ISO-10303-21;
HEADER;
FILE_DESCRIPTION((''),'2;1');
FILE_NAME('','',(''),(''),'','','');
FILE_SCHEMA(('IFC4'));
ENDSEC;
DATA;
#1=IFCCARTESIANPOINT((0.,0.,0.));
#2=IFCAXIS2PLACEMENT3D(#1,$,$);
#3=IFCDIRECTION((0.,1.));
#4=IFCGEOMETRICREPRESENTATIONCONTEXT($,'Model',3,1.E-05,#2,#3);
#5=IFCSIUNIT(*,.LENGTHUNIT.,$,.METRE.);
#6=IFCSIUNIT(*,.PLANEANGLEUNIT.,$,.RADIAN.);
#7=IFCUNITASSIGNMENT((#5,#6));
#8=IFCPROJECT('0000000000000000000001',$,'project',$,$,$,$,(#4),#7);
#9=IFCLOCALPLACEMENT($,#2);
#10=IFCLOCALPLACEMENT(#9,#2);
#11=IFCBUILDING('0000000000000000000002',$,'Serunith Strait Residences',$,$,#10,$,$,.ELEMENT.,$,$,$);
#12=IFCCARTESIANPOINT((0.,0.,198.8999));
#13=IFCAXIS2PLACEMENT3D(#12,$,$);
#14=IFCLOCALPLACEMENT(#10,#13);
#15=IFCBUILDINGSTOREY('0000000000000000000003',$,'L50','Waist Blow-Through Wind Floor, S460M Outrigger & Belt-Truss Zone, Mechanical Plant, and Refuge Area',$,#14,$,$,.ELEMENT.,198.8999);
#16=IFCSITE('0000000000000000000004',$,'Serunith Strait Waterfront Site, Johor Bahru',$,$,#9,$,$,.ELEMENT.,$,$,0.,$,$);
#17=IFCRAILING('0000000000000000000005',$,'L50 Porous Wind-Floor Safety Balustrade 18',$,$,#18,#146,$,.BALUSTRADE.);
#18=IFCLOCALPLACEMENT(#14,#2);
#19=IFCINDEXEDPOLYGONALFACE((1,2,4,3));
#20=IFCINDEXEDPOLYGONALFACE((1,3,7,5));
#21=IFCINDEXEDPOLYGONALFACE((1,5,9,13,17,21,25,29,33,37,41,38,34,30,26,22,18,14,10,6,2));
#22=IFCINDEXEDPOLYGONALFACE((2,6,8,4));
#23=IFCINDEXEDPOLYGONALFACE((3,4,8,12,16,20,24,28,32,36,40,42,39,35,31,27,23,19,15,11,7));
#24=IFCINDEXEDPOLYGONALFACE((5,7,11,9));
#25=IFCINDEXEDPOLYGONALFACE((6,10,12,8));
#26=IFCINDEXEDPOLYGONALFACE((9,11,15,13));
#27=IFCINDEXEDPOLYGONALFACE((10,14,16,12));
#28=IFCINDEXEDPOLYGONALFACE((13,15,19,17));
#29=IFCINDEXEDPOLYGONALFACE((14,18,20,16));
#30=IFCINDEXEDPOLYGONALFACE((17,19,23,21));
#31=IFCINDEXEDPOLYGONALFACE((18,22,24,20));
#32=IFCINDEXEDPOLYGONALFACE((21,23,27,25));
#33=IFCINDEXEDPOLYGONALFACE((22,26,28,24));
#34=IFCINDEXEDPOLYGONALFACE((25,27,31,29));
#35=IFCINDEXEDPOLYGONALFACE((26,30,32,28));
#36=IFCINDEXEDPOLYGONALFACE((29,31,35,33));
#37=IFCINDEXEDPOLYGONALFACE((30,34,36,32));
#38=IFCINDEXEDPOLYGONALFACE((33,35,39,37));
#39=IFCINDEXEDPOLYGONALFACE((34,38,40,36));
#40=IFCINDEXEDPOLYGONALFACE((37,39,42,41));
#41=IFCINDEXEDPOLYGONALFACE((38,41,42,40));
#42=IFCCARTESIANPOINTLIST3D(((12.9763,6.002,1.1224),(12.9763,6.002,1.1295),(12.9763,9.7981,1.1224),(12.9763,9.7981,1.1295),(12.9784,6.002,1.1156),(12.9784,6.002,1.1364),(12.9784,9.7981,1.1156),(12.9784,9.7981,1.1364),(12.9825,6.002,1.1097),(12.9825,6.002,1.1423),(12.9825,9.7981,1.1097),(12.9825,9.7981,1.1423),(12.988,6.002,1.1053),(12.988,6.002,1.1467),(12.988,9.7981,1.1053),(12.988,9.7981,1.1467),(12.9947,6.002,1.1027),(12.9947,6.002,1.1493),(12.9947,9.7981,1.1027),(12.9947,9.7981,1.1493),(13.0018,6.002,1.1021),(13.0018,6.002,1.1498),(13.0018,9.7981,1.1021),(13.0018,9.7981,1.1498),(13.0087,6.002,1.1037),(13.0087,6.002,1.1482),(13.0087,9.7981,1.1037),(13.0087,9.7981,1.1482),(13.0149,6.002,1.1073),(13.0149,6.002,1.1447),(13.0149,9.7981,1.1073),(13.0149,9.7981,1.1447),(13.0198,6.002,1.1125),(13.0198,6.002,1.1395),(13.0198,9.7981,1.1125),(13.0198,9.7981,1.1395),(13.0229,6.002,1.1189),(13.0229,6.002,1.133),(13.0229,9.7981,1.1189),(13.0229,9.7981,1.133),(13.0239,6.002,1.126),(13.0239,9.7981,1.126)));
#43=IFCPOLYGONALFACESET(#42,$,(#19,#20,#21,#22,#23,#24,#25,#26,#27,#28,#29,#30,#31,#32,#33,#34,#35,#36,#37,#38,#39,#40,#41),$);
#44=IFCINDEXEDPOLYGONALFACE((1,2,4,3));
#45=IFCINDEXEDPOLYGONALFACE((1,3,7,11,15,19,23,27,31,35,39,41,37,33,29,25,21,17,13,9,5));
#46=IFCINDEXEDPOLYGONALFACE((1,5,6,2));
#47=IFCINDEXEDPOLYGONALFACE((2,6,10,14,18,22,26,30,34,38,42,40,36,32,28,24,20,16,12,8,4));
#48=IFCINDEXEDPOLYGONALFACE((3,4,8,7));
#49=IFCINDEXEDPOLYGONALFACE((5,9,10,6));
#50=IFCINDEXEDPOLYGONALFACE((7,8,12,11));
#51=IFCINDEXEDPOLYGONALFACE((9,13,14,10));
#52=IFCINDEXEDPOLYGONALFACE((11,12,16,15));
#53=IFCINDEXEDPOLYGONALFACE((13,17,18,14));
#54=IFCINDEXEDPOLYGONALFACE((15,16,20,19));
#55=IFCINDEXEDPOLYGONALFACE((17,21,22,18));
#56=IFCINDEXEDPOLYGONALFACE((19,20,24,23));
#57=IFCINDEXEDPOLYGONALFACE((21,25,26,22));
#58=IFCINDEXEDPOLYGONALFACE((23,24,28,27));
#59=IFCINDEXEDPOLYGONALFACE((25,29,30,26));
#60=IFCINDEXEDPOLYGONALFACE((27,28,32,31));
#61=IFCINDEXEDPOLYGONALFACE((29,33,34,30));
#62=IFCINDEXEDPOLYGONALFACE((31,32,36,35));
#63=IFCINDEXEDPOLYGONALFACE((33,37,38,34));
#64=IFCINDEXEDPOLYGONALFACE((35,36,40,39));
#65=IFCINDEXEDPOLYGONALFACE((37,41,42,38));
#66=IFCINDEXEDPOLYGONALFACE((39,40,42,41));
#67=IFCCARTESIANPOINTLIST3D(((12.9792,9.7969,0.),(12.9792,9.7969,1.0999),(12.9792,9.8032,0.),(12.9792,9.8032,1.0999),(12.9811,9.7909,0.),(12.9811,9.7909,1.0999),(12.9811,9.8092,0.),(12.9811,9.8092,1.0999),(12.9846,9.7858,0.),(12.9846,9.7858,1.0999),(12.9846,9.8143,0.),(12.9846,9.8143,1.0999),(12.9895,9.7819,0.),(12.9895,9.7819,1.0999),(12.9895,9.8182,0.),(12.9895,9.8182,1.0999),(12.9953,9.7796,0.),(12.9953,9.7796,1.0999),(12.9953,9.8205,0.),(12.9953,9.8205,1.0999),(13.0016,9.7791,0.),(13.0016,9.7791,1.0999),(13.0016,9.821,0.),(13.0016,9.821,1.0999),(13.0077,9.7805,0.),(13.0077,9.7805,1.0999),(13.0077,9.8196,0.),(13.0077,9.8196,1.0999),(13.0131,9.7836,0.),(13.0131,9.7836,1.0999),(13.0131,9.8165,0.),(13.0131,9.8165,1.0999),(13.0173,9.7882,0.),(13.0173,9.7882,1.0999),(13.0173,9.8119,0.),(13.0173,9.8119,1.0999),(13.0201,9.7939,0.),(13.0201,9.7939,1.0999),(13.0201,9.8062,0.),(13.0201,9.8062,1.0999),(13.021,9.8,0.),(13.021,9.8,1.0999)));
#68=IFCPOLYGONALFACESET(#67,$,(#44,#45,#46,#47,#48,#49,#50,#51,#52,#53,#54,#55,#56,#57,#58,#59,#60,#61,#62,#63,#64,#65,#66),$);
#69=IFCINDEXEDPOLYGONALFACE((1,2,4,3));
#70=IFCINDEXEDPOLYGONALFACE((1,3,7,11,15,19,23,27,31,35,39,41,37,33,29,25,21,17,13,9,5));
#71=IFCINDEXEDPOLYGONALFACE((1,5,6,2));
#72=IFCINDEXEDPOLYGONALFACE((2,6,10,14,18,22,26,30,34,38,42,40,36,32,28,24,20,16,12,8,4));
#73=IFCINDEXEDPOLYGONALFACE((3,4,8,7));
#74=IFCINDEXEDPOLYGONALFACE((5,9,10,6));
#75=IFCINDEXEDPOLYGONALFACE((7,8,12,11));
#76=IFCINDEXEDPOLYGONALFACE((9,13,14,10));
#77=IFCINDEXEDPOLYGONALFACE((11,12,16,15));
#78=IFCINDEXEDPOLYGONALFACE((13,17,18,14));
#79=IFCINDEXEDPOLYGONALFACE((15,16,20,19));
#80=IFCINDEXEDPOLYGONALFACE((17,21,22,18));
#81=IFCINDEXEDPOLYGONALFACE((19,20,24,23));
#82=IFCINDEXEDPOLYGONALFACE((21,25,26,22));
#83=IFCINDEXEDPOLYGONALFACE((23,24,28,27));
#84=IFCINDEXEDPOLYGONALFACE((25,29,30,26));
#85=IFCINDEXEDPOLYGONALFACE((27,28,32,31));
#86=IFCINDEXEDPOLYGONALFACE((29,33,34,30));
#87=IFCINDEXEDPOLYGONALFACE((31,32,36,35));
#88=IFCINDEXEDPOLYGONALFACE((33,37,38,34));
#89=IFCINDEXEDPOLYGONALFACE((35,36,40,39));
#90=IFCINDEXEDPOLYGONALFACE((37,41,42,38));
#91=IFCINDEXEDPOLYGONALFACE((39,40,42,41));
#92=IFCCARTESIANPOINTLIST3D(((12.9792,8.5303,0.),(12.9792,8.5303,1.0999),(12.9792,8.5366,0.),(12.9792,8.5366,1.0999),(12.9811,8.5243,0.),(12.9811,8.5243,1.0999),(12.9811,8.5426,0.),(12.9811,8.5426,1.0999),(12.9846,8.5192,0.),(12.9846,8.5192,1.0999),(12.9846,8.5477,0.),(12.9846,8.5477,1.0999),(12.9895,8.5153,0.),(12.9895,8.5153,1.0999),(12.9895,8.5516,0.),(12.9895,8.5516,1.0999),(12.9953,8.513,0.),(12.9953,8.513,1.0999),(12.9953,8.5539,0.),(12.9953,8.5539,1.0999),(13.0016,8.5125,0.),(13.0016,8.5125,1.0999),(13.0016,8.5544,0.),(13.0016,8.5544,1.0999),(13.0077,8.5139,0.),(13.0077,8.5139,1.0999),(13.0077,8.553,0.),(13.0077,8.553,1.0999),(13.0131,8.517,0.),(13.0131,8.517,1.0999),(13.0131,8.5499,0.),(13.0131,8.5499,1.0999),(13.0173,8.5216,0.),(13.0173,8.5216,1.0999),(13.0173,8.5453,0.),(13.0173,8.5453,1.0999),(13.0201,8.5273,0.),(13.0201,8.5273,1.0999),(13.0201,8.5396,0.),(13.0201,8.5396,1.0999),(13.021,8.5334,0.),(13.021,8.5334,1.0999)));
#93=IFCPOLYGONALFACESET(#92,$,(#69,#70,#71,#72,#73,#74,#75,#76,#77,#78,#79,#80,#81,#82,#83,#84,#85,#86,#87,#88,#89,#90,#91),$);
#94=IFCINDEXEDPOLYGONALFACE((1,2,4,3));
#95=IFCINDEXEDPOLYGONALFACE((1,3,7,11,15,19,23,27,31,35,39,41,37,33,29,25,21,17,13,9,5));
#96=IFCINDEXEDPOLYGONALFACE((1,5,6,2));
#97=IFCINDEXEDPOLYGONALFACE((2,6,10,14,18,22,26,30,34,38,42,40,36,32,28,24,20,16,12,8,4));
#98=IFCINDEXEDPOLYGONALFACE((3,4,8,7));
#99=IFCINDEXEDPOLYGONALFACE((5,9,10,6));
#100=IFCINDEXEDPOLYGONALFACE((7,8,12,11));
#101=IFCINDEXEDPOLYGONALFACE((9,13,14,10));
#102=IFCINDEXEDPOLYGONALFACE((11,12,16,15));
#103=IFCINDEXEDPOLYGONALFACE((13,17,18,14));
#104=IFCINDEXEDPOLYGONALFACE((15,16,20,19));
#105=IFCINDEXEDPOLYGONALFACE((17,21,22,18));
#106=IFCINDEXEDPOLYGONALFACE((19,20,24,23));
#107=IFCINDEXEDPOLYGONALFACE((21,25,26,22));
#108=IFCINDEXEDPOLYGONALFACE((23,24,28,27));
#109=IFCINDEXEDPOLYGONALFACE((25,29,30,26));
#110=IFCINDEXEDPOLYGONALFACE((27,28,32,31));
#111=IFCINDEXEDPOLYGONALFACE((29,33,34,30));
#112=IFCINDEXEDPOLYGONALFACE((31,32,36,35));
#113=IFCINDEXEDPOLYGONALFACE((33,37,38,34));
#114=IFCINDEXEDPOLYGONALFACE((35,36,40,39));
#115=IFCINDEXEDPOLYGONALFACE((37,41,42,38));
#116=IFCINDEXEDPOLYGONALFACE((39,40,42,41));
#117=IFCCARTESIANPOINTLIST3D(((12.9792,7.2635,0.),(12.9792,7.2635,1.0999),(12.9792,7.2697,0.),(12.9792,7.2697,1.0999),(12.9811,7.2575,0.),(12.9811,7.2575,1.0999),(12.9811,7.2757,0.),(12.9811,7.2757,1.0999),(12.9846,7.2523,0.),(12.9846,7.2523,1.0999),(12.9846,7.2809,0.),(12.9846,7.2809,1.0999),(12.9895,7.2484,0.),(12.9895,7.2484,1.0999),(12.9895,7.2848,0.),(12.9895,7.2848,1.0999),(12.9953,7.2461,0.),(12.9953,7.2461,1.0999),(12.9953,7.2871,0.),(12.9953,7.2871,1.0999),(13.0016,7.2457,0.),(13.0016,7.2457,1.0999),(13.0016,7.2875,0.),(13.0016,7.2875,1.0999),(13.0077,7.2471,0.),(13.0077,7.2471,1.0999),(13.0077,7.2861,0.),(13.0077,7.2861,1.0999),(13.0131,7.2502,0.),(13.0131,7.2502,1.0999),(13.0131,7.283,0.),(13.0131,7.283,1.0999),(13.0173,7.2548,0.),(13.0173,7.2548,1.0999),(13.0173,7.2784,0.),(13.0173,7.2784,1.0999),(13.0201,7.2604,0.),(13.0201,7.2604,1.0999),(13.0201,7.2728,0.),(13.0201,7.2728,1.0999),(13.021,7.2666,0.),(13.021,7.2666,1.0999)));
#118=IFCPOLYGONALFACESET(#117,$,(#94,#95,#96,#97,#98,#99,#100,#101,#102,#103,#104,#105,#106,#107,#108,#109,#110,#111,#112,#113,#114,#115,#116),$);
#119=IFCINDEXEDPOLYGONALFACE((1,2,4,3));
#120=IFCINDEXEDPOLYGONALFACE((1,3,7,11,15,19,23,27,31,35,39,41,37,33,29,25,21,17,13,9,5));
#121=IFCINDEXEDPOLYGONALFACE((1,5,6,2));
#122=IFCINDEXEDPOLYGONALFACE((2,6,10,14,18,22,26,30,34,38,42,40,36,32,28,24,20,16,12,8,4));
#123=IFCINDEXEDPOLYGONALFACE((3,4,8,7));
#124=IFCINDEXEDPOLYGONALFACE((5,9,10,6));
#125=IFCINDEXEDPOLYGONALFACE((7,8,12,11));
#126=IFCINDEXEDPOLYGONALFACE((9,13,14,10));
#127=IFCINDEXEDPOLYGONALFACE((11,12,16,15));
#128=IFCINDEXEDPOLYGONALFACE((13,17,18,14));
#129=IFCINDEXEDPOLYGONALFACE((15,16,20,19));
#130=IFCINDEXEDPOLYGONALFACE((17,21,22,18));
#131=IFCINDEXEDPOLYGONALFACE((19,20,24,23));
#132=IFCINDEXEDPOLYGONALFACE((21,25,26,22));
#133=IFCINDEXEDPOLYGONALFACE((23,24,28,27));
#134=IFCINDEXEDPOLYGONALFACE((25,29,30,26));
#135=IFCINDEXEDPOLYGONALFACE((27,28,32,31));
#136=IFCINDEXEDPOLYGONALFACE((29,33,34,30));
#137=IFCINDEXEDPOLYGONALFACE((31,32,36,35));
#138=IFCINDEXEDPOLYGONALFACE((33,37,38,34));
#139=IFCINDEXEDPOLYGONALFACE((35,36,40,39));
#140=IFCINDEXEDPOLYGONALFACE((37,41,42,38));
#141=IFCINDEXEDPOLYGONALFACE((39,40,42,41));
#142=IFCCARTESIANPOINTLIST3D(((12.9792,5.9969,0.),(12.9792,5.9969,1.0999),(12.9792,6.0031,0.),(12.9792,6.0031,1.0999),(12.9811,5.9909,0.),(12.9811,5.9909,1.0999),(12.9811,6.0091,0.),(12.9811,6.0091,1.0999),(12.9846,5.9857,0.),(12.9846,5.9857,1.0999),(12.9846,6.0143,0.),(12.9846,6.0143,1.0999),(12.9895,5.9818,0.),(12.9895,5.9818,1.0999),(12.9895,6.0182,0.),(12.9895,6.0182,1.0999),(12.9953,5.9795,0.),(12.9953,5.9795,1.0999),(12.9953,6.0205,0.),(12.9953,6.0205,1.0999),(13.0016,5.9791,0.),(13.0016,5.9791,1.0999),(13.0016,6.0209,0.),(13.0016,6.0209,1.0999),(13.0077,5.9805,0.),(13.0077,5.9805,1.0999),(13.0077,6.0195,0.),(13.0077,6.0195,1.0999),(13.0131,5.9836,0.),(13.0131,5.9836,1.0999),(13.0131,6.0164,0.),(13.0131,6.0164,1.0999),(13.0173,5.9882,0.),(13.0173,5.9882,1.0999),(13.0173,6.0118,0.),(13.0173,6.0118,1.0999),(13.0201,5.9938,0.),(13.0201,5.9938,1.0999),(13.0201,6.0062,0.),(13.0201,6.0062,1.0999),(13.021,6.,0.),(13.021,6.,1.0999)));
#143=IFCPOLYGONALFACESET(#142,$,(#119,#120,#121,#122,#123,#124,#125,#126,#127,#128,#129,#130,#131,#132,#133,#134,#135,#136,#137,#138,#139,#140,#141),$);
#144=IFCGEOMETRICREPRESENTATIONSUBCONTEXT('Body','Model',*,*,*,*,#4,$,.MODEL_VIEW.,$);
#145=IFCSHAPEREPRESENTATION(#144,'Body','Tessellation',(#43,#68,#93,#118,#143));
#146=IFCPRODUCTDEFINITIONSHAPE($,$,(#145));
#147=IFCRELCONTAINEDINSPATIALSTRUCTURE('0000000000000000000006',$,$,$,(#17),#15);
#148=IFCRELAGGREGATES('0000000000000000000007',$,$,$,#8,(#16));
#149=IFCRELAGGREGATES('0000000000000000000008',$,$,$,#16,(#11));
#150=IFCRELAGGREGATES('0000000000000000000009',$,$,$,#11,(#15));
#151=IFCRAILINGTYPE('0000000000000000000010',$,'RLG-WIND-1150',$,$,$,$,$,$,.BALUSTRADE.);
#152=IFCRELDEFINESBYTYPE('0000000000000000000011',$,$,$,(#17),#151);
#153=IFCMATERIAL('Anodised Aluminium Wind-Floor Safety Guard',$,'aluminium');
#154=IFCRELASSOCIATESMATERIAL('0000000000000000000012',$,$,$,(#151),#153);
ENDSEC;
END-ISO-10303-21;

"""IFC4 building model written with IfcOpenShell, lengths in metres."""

from ifc_helpers import new_model, si_unit, direction, frame, origin, origin_2d, place, context, subcontext, project, spatial, circle, extrude, material, type_object, element, save


model = new_model("IFC4")

# Units and contexts
model_context = context("Model", 3, precision=1e-05, world=origin(), true_north=direction((0.0, 1.0)))
body_context = subcontext(model_context, "Body", "Model", "MODEL_VIEW")
ifc_project = project(units=[si_unit("LENGTHUNIT", "METRE"), si_unit("PLANEANGLEUNIT", "RADIAN")], contexts=[model_context])

# Site, building, storey
site_placement = place(None, origin())
site = spatial("IfcSite", under=ifc_project, at=site_placement, Name="Serunith Strait Waterfront Site, Johor Bahru", CompositionType="ELEMENT", RefElevation=0.0)
building_placement = place(site_placement, origin())
building = spatial("IfcBuilding", under=site, at=building_placement, Name="Serunith Strait Residences", CompositionType="ELEMENT")
storey_placement = place(building_placement, frame((0.0, 0.0, 198.8999)))
storey = spatial("IfcBuildingStorey", under=building, at=storey_placement, Name="L50", Description="Waist Blow-Through Wind Floor, S460M Outrigger & Belt-Truss Zone, Mechanical Plant, and Refuge Area", CompositionType="ELEMENT", Elevation=198.8999)

# Railing
ifc_material_1 = material(Name="Anodised Aluminium Wind-Floor Safety Guard", Category="aluminium")
railing_type = type_object("IfcRailingType", Name="RLG-WIND-1150", PredefinedType="BALUSTRADE", material=ifc_material_1)
railing_1_placement = place(storey_placement, frame((13.0, 9.8, 0.0)))
element("IfcRailing", 1, at=railing_1_placement, inside=storey, type_object=railing_type, Name="L50 Porous Wind-Floor Safety Balustrade 18", PredefinedType="BALUSTRADE", context=body_context, shape_type="SweptSolid", body=[
    extrude(circle(Radius=0.0239, at=origin_2d()), frame((0.0, -0.002, 1.126), z_axis=(0.0, -1.0, 0.0), x_axis=(1.0, 0.0, 0.0)), (0.0, 0.0, 1.0), 3.7961),
    extrude(circle(Radius=0.021, at=origin_2d()), origin(), (0.0, 0.0, 1.0), 1.0999),
    extrude(circle(Radius=0.021, at=origin_2d()), frame((0.0, -1.2666, 0.0)), (0.0, 0.0, 1.0), 1.0999),
    extrude(circle(Radius=0.021, at=origin_2d()), frame((0.0, -2.5334, 0.0)), (0.0, 0.0, 1.0), 1.0999),
    extrude(circle(Radius=0.021, at=origin_2d()), frame((0.0, -3.8, 0.0)), (0.0, 0.0, 1.0), 1.0999),
])

save(model, "model.ifc")
